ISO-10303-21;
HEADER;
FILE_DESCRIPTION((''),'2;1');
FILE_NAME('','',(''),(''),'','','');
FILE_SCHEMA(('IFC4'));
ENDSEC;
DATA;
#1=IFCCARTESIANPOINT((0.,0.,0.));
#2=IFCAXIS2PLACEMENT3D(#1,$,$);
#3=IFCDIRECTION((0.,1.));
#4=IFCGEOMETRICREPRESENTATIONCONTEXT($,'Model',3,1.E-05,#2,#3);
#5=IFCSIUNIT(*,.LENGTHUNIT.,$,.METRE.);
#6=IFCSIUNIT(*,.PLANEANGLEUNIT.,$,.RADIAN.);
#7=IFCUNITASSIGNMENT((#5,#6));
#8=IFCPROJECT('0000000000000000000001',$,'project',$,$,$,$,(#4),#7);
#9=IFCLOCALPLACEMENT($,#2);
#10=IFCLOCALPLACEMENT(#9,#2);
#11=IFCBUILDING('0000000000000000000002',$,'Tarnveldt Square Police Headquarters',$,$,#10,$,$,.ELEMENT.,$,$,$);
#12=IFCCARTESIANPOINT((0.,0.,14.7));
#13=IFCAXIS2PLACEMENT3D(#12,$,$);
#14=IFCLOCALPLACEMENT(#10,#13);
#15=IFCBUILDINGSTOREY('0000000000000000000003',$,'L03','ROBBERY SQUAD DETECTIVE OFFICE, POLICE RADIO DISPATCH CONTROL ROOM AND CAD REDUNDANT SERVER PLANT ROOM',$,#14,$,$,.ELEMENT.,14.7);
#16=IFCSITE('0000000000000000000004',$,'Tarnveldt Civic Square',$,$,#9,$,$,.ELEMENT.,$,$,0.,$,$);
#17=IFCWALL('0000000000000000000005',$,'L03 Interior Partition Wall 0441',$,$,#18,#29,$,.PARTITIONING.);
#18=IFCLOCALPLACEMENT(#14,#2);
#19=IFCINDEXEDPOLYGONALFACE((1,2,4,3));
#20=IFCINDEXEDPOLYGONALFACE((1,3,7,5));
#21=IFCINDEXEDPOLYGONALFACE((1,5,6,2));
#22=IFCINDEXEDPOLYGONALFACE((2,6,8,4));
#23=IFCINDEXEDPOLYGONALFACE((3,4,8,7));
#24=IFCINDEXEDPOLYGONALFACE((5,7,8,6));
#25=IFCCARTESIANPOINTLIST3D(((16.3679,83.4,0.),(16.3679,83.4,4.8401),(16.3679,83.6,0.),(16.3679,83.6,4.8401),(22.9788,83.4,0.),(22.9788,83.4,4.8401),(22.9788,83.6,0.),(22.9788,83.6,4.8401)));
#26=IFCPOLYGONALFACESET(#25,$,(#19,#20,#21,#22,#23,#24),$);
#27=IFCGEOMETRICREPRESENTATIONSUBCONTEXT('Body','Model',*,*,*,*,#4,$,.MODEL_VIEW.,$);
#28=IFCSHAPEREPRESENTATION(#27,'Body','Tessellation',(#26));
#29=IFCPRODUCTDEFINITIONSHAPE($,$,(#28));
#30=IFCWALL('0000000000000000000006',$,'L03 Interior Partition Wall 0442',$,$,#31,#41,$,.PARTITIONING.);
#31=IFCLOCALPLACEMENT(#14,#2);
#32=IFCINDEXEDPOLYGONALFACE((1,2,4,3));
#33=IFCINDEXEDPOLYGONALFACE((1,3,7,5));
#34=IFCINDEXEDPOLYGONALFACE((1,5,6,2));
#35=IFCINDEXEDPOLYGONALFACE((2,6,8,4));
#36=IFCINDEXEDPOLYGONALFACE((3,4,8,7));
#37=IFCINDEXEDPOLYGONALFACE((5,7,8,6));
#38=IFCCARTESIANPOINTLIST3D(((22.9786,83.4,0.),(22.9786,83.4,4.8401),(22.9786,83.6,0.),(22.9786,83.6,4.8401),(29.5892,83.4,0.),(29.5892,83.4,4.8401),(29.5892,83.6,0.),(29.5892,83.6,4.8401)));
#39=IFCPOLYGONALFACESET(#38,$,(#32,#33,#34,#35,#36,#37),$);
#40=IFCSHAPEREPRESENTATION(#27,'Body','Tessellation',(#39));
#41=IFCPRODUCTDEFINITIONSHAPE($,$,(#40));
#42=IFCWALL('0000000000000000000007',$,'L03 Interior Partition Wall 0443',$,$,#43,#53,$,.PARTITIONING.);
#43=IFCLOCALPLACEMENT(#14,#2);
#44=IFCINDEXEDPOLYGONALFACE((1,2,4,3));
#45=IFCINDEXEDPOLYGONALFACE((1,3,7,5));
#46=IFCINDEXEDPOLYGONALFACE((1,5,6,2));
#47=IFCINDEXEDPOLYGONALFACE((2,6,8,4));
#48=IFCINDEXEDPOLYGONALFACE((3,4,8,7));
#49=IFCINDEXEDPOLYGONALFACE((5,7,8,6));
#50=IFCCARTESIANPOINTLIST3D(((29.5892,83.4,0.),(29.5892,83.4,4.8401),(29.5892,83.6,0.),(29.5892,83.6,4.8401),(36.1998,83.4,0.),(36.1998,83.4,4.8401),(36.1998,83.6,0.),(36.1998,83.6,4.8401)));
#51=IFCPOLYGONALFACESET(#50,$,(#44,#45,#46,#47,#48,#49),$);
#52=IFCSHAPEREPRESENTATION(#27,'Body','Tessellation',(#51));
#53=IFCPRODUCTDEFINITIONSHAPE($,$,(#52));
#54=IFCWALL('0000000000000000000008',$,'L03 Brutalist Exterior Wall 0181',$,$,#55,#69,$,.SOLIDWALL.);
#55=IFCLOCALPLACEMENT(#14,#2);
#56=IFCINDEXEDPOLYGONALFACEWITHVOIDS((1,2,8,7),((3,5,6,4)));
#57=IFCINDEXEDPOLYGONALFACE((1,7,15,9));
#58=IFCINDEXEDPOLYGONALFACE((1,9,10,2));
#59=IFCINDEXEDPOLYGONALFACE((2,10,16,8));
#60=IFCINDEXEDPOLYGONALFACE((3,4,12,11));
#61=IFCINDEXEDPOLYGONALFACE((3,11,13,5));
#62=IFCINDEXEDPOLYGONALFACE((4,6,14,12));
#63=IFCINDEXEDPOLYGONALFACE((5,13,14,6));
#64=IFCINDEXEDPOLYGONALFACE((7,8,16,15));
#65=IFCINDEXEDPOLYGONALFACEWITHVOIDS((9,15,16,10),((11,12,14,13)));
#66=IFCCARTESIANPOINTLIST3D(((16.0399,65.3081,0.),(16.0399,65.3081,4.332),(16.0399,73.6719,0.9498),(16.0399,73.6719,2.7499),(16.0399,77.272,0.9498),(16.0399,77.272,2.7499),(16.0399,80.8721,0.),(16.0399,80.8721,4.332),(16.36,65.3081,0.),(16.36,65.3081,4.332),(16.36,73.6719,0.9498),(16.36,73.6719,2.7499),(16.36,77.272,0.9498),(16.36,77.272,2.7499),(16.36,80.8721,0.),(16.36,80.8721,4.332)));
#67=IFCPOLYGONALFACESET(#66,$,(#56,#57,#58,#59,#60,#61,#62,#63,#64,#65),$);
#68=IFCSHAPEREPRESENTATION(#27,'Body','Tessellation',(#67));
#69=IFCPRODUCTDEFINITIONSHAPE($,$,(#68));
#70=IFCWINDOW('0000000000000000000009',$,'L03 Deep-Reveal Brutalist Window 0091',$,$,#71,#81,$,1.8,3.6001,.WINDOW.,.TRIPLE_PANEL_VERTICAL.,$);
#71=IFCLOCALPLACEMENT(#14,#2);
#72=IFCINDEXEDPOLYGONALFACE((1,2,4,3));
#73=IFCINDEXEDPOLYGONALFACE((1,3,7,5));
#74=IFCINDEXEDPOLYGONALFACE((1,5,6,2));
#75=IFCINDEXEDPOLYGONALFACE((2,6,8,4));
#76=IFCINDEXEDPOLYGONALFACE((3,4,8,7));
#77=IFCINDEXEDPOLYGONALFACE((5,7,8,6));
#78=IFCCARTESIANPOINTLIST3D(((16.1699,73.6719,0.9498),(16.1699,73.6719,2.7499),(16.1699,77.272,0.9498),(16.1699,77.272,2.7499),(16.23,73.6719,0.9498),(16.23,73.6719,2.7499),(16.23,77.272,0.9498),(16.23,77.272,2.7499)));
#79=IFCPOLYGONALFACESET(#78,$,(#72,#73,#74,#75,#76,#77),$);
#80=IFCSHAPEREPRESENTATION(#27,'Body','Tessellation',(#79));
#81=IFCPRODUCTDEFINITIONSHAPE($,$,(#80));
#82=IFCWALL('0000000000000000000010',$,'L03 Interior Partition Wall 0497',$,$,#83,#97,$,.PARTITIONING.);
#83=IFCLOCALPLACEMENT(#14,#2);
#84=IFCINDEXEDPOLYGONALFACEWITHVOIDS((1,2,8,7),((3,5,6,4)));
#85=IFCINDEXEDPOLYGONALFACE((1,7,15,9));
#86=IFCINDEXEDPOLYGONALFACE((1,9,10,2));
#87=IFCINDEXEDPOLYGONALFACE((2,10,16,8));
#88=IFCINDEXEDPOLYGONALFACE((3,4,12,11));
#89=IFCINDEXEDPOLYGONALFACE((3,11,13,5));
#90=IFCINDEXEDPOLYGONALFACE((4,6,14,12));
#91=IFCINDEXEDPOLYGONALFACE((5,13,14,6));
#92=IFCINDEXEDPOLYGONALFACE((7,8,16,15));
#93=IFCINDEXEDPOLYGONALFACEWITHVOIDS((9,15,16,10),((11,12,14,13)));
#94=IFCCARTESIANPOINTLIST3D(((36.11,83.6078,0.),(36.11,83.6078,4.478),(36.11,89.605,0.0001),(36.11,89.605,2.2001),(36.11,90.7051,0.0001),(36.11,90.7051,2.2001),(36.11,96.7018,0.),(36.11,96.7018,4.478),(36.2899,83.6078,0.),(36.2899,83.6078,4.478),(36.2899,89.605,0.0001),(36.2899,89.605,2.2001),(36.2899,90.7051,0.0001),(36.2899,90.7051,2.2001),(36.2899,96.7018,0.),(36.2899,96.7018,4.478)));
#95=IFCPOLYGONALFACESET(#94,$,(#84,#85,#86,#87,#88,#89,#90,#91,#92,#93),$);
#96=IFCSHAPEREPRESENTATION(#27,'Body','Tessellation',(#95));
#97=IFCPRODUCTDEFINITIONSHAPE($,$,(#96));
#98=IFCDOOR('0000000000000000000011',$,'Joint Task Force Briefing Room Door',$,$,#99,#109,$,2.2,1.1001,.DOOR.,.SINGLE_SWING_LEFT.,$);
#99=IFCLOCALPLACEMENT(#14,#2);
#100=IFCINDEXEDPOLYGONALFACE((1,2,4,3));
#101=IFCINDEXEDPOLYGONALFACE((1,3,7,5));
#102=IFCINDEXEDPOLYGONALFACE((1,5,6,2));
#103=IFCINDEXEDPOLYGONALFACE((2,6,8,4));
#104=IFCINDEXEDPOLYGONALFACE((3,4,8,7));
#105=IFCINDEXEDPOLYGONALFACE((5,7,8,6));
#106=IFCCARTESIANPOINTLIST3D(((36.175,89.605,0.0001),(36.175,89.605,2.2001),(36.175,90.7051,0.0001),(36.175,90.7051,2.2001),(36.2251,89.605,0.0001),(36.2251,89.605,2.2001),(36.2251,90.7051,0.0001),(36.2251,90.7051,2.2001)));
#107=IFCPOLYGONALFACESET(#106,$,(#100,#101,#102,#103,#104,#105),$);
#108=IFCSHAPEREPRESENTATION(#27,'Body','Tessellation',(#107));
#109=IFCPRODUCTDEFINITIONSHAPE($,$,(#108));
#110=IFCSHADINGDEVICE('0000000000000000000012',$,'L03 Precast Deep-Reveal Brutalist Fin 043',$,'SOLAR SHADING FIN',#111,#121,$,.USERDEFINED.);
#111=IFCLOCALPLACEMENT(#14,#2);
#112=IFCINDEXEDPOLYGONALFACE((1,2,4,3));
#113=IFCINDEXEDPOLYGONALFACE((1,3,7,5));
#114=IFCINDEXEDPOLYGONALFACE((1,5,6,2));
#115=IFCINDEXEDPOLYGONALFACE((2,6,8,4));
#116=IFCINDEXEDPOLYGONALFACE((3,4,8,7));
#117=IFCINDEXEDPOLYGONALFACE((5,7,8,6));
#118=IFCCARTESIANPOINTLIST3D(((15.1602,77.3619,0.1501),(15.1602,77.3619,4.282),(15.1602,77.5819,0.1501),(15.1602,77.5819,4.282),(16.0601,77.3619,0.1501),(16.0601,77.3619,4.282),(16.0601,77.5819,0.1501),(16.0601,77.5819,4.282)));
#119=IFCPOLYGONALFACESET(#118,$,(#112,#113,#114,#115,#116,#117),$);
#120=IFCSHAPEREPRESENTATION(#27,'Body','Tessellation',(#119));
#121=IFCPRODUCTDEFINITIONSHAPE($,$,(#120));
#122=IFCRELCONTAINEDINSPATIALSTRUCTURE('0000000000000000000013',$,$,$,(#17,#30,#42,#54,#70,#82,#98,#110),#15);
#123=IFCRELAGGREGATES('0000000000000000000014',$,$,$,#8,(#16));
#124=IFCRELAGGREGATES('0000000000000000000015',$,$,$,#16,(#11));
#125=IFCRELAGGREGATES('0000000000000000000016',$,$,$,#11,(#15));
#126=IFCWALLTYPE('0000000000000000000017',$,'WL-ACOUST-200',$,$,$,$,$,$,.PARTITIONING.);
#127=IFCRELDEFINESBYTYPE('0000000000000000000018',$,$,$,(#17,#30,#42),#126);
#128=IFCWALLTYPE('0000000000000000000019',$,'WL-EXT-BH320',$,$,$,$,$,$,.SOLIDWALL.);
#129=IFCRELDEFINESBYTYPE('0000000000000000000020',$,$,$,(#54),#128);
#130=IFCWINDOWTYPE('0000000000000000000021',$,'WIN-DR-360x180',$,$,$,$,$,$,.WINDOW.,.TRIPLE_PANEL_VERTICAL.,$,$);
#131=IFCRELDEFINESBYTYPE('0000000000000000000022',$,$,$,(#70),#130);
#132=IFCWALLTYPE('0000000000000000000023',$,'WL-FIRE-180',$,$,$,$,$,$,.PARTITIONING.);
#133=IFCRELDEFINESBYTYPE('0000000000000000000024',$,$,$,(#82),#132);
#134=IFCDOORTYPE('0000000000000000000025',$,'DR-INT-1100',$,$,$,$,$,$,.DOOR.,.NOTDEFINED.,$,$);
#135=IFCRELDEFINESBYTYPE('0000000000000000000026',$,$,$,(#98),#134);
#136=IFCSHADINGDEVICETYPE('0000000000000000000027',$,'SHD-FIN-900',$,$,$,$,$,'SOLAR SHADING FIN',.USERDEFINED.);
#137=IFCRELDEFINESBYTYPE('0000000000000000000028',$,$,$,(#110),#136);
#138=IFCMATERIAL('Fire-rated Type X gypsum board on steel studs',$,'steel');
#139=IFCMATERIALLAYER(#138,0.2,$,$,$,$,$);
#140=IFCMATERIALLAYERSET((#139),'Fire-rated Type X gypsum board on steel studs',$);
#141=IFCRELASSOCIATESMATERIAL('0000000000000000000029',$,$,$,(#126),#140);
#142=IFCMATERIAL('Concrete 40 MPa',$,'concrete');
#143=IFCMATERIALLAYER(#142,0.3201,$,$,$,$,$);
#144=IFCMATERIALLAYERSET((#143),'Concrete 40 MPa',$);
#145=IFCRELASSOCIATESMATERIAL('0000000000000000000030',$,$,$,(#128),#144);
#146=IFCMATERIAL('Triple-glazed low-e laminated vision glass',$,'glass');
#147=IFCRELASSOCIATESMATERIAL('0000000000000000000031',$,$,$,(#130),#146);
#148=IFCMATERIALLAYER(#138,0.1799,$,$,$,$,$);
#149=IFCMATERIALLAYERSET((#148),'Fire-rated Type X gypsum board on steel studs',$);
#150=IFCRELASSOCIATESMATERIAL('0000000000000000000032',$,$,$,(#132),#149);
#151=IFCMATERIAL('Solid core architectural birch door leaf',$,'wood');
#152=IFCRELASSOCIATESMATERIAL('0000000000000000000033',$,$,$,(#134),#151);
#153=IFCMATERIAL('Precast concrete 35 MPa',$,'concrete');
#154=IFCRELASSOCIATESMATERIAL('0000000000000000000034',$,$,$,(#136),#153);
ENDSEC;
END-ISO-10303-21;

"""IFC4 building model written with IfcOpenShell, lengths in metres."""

from ifc_helpers import new_model, si_unit, direction, frame, frame_2d, origin, origin_2d, place, context, subcontext, project, spatial, rectangle, extrude, material, layer, layer_set, material_profile, profile_set, type_object, element, fill, save


model = new_model("IFC4")

# Units and contexts
model_context = context("Model", 3, precision=1e-05, world=origin(), true_north=direction((0.0, 1.0)))
body_context = subcontext(model_context, "Body", "Model", "MODEL_VIEW")
ifc_project = project(units=[si_unit("LENGTHUNIT", "METRE"), si_unit("PLANEANGLEUNIT", "RADIAN")], contexts=[model_context])

# Site, building, storey
site_placement = place(None, origin())
site = spatial("IfcSite", under=ifc_project, at=site_placement, Name="Tarnveldt Civic Square", CompositionType="ELEMENT", RefElevation=0.0)
building_placement = place(site_placement, origin())
building = spatial("IfcBuilding", under=site, at=building_placement, Name="Tarnveldt Square Police Headquarters", CompositionType="ELEMENT")
storey_placement = place(building_placement, frame((0.0, 0.0, 14.7)))
storey = spatial("IfcBuildingStorey", under=building, at=storey_placement, Name="L03", Description="ROBBERY SQUAD DETECTIVE OFFICE, POLICE RADIO DISPATCH CONTROL ROOM AND CAD REDUNDANT SERVER PLANT ROOM", CompositionType="ELEMENT", Elevation=14.7)

# Shared definitions
ifc_material_1 = material(Name="Concrete 40 MPa", Category="concrete")

# Walls
ifc_material_2 = material(Name="Fire-rated Type X gypsum board on steel studs", Category="steel")
ifc_layer_1 = layer(ifc_material_2, 0.2)
ifc_layer_set_1 = layer_set([ifc_layer_1], Name="Fire-rated Type X gypsum board on steel studs")
wall_type_1 = type_object("IfcWallType", Name="WL-ACOUST-200", PredefinedType="PARTITIONING", material=ifc_layer_set_1)
wall_1_placement = place(storey_placement, frame((16.3679, 83.5, 0.0), z_axis=(0.0, 0.0, 1.0), x_axis=(1.0, 0.0, 0.0)))
element("IfcWall", 1, at=wall_1_placement, inside=storey, type_object=wall_type_1, Name="L03 Interior Partition Wall 0441", PredefinedType="PARTITIONING", context=body_context, shape_type="SweptSolid", body=[
    extrude(rectangle(XDim=6.6108, YDim=0.2, at=frame_2d((3.3054, 0.0))), origin(), (0.0, 0.0, 1.0), 4.8401),
])
for number, where, z_axis, x_axis, name in (
    (2, (22.9788, 83.5, 0.0), (0.0, 0.0, 1.0), (1.0, 0.0, 0.0), "L03 Interior Partition Wall 0442"),
    (3, (29.5894, 83.5, 0.0), (0.0, 0.0, 1.0), (1.0, 0.0, 0.0), "L03 Interior Partition Wall 0443"),
):
    element("IfcWall", number, at=place(storey_placement, frame(where, z_axis=z_axis, x_axis=x_axis)), inside=storey, type_object=wall_type_1, Name=name, PredefinedType="PARTITIONING", context=body_context, shape_type="SweptSolid", body=[
        extrude(rectangle(XDim=6.6106, YDim=0.2, at=frame_2d((3.3052, 0.0))), origin(), (0.0, 0.0, 1.0), 4.8401),
    ])

# Wall, opening, window
ifc_layer_2 = layer(ifc_material_1, 0.3201)
ifc_layer_set_2 = layer_set([ifc_layer_2], Name="Concrete 40 MPa")
wall_type_2 = type_object("IfcWallType", Name="WL-EXT-BH320", PredefinedType="SOLIDWALL", material=ifc_layer_set_2)
wall_2_placement = place(storey_placement, frame((16.2, 80.8721, 0.0), z_axis=(0.0, 0.0, 1.0), x_axis=(0.0, -1.0, 0.0)))
wall_2 = element("IfcWall", 4, at=wall_2_placement, inside=storey, type_object=wall_type_2, Name="L03 Brutalist Exterior Wall 0181", PredefinedType="SOLIDWALL", context=body_context, shape_type="SweptSolid", body=[
    extrude(rectangle(XDim=15.564, YDim=0.3201, at=frame_2d((7.782, 0.0))), origin(), (0.0, 0.0, 1.0), 4.332),
])
opening_1_placement = place(wall_2_placement, frame((3.6001, 0.0, 0.95)))
opening_1 = element("IfcOpeningElement", 5, at=opening_1_placement, cuts=wall_2, PredefinedType="OPENING", context=body_context, shape_type="SweptSolid", body=[
    extrude(rectangle(XDim=3.6001, YDim=1.8, at=frame_2d((1.8, 0.8999))), frame((0.0, 0.1699, 0.0), z_axis=(0.0, -1.0, 0.0), x_axis=(1.0, 0.0, 0.0)), (0.0, 0.0, 1.0), 0.3401),
])
ifc_material_3 = material(Name="Triple-glazed low-e laminated vision glass", Category="glass")
window_type = type_object("IfcWindowType", Name="WIN-DR-360x180", PartitioningType="TRIPLE_PANEL_VERTICAL", PredefinedType="WINDOW", material=ifc_material_3)
window_placement = place(opening_1_placement, origin())
window = element("IfcWindow", 6, at=window_placement, inside=storey, type_object=window_type, Name="L03 Deep-Reveal Brutalist Window 0091", OverallHeight=1.8, OverallWidth=3.6001, PartitioningType="TRIPLE_PANEL_VERTICAL", PredefinedType="WINDOW", context=body_context, shape_type="SweptSolid", body=[
    extrude(rectangle(XDim=3.6001, YDim=1.8, at=frame_2d((1.8, 0.8999))), frame((0.0, 0.03, 0.0), z_axis=(0.0, -1.0, 0.0), x_axis=(1.0, 0.0, 0.0)), (0.0, 0.0, 1.0), 0.0601),
])
fill(opening_1, window)

# Wall, opening, door
ifc_layer_3 = layer(ifc_material_2, 0.1799)
ifc_layer_set_3 = layer_set([ifc_layer_3], Name="Fire-rated Type X gypsum board on steel studs")
wall_type_3 = type_object("IfcWallType", Name="WL-FIRE-180", PredefinedType="PARTITIONING", material=ifc_layer_set_3)
wall_3_placement = place(storey_placement, frame((36.2, 83.6079, 0.0), z_axis=(0.0, 0.0, 1.0), x_axis=(0.0, 1.0, 0.0)))
wall_3 = element("IfcWall", 7, at=wall_3_placement, inside=storey, type_object=wall_type_3, Name="L03 Interior Partition Wall 0497", PredefinedType="PARTITIONING", context=body_context, shape_type="SweptSolid", body=[
    extrude(rectangle(XDim=13.094, YDim=0.1799, at=frame_2d((6.5469, 0.0))), origin(), (0.0, 0.0, 1.0), 4.478),
])
opening_2_placement = place(wall_3_placement, frame((5.9971, 0.0, 0.0)))
opening_2 = element("IfcOpeningElement", 8, at=opening_2_placement, cuts=wall_3, PredefinedType="OPENING", context=body_context, shape_type="SweptSolid", body=[
    extrude(rectangle(XDim=1.1001, YDim=2.2, at=frame_2d((0.55, 1.1001))), frame((0.0, 0.0999, 0.0), z_axis=(0.0, -1.0, 0.0), x_axis=(1.0, 0.0, 0.0)), (0.0, 0.0, 1.0), 0.2),
])
ifc_material_4 = material(Name="Solid core architectural birch door leaf", Category="wood")
door_type = type_object("IfcDoorType", Name="DR-INT-1100", OperationType="NOTDEFINED", PredefinedType="DOOR", material=ifc_material_4)
door_placement = place(opening_2_placement, origin())
door = element("IfcDoor", 9, at=door_placement, inside=storey, type_object=door_type, Name="Joint Task Force Briefing Room Door", OperationType="SINGLE_SWING_LEFT", OverallHeight=2.2, OverallWidth=1.1001, PredefinedType="DOOR", context=body_context, shape_type="SweptSolid", body=[
    extrude(rectangle(XDim=1.1001, YDim=2.2, at=frame_2d((0.55, 1.1001))), frame((0.0, 0.0249, 0.0), z_axis=(0.0, -1.0, 0.0), x_axis=(1.0, 0.0, 0.0)), (0.0, 0.0, 1.0), 0.05),
])
fill(opening_2, door)

# Shading device
ifc_material_5 = material(Name="Precast concrete 35 MPa", Category="concrete")
ifc_material_profile_1 = material_profile(ifc_material_5, rectangle(XDim=0.22, YDim=0.8999, at=origin_2d()), Name="PC-FIN220x900")
ifc_profile_set_1 = profile_set([ifc_material_profile_1], Name="Precast concrete 35 MPa")
shading_device_type = type_object("IfcShadingDeviceType", Name="SHD-FIN-900", ElementType="SOLAR SHADING FIN", PredefinedType="USERDEFINED", material=ifc_profile_set_1)
shading_device_placement = place(storey_placement, frame((15.6101, 77.4719, 0.1501), z_axis=(0.0, 0.0, 1.0), x_axis=(0.0, -1.0, 0.0)))
element("IfcShadingDevice", 10, at=shading_device_placement, inside=storey, type_object=shading_device_type, Name="L03 Precast Deep-Reveal Brutalist Fin 043", ObjectType="SOLAR SHADING FIN", PredefinedType="USERDEFINED", context=body_context, shape_type="SweptSolid", body=[
    extrude(rectangle(XDim=0.22, YDim=0.8999, at=origin_2d()), origin(), (0.0, 0.0, 1.0), 4.1318),
])

save(model, "model.ifc")
